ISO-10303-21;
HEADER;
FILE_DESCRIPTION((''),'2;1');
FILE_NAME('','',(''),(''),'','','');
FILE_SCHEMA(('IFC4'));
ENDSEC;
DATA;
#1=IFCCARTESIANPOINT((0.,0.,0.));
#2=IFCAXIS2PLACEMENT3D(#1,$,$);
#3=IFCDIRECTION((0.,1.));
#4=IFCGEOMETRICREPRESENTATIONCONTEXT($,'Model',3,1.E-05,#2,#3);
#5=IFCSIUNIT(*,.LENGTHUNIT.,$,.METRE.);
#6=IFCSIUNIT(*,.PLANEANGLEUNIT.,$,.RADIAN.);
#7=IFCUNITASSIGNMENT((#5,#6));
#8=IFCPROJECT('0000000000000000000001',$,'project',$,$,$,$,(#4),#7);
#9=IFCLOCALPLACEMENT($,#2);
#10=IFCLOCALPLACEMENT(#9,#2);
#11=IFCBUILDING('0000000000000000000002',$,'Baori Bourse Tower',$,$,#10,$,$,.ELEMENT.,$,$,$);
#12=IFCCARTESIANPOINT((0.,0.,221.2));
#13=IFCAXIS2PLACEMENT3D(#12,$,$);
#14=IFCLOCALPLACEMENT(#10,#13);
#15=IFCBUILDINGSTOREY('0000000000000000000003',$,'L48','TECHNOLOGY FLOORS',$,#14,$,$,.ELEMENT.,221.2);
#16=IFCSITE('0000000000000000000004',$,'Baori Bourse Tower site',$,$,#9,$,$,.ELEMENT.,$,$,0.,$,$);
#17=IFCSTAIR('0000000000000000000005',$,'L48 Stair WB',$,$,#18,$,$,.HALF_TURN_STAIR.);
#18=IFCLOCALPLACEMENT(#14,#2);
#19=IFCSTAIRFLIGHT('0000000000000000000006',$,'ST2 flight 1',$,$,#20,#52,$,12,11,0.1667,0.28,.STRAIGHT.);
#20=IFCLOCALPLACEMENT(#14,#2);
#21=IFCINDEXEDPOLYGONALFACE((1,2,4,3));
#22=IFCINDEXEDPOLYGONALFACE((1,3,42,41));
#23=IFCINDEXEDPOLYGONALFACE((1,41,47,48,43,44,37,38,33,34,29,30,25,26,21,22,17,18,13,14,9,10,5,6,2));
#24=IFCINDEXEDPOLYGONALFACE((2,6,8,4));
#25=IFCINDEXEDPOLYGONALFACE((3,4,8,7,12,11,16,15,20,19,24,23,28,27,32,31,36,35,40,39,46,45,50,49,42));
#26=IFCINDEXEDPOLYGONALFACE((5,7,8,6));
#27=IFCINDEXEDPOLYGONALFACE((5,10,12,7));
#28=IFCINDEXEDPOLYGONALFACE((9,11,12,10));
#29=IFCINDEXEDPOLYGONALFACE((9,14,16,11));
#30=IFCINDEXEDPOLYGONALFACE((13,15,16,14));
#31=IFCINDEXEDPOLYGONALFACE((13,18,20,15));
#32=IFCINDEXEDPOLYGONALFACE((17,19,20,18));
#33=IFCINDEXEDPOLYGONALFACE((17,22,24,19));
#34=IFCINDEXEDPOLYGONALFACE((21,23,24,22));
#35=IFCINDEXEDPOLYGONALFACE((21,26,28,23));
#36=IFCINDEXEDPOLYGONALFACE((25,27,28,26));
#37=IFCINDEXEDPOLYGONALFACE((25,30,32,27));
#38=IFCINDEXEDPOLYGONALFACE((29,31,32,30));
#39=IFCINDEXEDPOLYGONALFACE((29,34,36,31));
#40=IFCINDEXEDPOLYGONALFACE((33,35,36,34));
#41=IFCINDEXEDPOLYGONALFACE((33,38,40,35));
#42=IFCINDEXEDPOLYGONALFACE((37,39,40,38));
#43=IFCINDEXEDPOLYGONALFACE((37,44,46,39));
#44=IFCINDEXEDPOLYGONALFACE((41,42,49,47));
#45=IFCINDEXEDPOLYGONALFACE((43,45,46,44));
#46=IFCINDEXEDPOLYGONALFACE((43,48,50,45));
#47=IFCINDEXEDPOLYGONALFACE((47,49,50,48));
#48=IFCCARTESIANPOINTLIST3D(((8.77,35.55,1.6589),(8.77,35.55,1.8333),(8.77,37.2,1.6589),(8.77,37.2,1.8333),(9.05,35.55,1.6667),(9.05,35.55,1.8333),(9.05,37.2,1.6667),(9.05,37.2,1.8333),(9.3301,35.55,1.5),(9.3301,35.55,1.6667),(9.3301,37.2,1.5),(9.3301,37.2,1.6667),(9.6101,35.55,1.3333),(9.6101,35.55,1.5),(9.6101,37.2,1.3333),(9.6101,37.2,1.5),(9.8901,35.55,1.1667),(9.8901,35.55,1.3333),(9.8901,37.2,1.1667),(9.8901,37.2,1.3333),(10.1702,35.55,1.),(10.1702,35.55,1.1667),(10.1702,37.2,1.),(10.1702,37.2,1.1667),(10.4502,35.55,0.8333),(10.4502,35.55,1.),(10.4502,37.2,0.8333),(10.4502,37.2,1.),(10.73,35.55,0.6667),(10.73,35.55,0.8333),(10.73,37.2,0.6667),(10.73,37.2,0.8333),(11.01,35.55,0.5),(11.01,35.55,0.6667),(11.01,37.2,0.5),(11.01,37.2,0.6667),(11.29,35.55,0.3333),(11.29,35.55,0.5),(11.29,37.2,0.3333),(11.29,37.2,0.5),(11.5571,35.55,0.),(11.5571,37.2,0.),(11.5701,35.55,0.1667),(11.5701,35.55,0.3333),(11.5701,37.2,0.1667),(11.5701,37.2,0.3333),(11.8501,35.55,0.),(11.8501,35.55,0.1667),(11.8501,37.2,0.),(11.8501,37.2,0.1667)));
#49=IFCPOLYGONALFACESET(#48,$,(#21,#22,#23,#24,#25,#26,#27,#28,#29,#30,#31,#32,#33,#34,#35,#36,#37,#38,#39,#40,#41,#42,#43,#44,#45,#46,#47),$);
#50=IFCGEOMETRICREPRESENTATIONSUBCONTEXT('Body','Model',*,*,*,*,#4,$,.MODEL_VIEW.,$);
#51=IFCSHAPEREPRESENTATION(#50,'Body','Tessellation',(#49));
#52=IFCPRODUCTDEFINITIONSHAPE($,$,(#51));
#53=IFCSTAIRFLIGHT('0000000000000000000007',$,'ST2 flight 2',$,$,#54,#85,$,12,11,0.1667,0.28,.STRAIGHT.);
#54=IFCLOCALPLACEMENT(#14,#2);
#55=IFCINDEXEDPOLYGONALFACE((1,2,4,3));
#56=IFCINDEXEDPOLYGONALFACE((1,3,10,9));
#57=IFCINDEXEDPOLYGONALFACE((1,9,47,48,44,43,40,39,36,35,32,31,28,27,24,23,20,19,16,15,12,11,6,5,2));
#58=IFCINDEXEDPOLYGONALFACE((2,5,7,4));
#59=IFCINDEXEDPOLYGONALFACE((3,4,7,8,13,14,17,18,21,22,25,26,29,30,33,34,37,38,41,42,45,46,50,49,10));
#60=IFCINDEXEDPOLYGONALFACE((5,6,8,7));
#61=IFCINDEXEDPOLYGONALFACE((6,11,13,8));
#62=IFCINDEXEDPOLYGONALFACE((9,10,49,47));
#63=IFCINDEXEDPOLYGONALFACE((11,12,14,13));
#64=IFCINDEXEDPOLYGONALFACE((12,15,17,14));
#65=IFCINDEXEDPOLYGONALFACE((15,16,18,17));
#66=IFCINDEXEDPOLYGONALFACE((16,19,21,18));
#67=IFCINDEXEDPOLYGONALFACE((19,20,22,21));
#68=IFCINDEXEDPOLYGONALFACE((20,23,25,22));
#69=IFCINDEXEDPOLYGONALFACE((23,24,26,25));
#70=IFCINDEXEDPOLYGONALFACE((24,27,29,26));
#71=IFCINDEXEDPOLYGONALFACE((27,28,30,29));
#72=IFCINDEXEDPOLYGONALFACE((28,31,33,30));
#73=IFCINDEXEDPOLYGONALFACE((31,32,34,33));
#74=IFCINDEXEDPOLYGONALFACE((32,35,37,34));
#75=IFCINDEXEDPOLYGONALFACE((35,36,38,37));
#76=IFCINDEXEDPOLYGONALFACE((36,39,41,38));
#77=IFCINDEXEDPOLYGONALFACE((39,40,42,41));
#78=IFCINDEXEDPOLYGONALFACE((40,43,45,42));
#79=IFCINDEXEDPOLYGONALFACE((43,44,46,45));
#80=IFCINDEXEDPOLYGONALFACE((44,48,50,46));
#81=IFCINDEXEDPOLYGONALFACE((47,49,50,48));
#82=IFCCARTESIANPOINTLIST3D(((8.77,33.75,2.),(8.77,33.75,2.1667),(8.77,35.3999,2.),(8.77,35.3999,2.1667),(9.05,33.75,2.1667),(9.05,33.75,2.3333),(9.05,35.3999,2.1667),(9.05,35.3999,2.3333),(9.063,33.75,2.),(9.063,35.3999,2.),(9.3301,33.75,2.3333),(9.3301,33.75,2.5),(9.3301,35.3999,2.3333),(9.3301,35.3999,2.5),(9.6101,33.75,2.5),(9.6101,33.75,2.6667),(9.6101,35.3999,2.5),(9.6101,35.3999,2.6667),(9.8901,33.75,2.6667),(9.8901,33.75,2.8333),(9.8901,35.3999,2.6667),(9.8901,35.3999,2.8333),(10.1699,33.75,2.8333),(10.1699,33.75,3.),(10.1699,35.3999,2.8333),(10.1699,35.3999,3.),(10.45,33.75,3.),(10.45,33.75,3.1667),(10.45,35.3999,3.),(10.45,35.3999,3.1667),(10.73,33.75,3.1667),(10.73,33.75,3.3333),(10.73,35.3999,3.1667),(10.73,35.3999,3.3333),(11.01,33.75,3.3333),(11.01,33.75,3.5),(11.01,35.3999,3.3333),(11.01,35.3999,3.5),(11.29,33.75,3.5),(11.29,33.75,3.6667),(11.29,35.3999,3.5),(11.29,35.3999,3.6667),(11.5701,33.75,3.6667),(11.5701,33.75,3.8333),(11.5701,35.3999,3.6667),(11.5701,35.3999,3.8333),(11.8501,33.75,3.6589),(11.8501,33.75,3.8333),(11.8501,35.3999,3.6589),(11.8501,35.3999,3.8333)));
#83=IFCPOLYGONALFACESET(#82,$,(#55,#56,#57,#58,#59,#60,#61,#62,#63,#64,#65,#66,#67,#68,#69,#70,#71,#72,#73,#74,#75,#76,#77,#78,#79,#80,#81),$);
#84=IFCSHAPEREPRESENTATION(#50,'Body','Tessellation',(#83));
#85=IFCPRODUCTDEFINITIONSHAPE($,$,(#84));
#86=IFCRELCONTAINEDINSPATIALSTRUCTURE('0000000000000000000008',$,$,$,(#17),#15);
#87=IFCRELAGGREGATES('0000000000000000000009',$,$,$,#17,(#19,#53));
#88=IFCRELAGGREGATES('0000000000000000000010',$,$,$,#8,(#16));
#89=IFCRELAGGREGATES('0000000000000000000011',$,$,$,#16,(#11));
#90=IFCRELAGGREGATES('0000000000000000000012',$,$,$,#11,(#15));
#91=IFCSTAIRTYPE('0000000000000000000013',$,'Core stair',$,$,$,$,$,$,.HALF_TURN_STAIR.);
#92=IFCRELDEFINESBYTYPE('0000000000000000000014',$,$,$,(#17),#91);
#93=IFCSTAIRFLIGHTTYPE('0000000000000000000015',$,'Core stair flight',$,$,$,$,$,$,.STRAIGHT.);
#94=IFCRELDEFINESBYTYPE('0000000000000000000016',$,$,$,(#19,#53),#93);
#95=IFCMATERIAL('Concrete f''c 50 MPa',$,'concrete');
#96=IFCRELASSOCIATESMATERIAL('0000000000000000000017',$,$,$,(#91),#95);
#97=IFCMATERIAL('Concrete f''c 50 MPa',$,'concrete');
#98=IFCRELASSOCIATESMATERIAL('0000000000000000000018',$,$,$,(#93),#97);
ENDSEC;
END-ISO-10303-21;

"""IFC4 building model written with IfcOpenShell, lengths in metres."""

from ifc_helpers import new_model, si_unit, direction, frame, origin, place, context, subcontext, project, spatial, polyline, outline, extrude, material, type_object, element, aggregate, save


model = new_model("IFC4")

# Units and contexts
model_context = context("Model", 3, precision=1e-05, world=origin(), true_north=direction((0.0, 1.0)))
body_context = subcontext(model_context, "Body", "Model", "MODEL_VIEW")
ifc_project = project(units=[si_unit("LENGTHUNIT", "METRE"), si_unit("PLANEANGLEUNIT", "RADIAN")], contexts=[model_context])

# Site, building, storey
site_placement = place(None, origin())
site = spatial("IfcSite", under=ifc_project, at=site_placement, Name="Baori Bourse Tower site", CompositionType="ELEMENT", RefElevation=0.0)
building_placement = place(site_placement, origin())
building = spatial("IfcBuilding", under=site, at=building_placement, Name="Baori Bourse Tower", CompositionType="ELEMENT")
storey_placement = place(building_placement, frame((0.0, 0.0, 221.2)))
storey = spatial("IfcBuildingStorey", under=building, at=storey_placement, Name="L48", Description="TECHNOLOGY FLOORS", CompositionType="ELEMENT", Elevation=221.2)

# Stair, stair flights
ifc_material_1 = material(Name="Concrete f'c 50 MPa", Category="concrete")
stair_type = type_object("IfcStairType", Name="Core stair", PredefinedType="HALF_TURN_STAIR", material=ifc_material_1)
stair_placement = place(storey_placement, origin())
stair = element("IfcStair", 1, at=stair_placement, inside=storey, type_object=stair_type, Name="L48 Stair WB", PredefinedType="HALF_TURN_STAIR")
ifc_material_2 = material(Name="Concrete f'c 50 MPa", Category="concrete")
stair_flight_type = type_object("IfcStairFlightType", Name="Core stair flight", PredefinedType="STRAIGHT", material=ifc_material_2)
stair_flight_1_placement = place(storey_placement, frame((11.8501, 36.375, 0.0), z_axis=(0.0, 0.0, 1.0), x_axis=(-1.0, 0.0, 0.0)))
stair_flight_1 = element("IfcStairFlight", 2, at=stair_flight_1_placement, type_object=stair_flight_type, Name="ST2 flight 1", NumberOfRisers=12, NumberOfTreads=11, PredefinedType="STRAIGHT", RiserHeight=0.1667, TreadLength=0.28, context=body_context, shape_type="SweptSolid", body=[
    extrude(outline(polyline([(0.0, 0.0), (0.0, 0.1667), (0.28, 0.1667), (0.28, 0.3333), (0.5601, 0.3333), (0.5601, 0.5), (0.8401, 0.5), (0.8401, 0.6667), (1.1201, 0.6667), (1.1201, 0.8333), (1.3999, 0.8333), (1.3999, 1.0), (1.6799, 1.0), (1.6799, 1.1667), (1.96, 1.1667), (1.96, 1.3333), (2.24, 1.3333), (2.24, 1.5), (2.52, 1.5), (2.52, 1.6667), (2.8, 1.6667), (2.8, 1.8333), (3.0801, 1.8333), (3.0801, 2.0), (3.0801, 1.6589), (0.293, 0.0), (0.0, 0.0)])), frame((0.0, 0.825, 0.0), z_axis=(0.0, -1.0, 0.0), x_axis=(1.0, 0.0, 0.0)), (0.0, 0.0, 1.0), 1.6499),
])
stair_flight_2_placement = place(storey_placement, frame((8.77, 34.575, 2.0), z_axis=(0.0, 0.0, 1.0), x_axis=(1.0, 0.0, 0.0)))
stair_flight_2 = element("IfcStairFlight", 3, at=stair_flight_2_placement, type_object=stair_flight_type, Name="ST2 flight 2", NumberOfRisers=12, NumberOfTreads=11, PredefinedType="STRAIGHT", RiserHeight=0.1667, TreadLength=0.28, context=body_context, shape_type="SweptSolid", body=[
    extrude(outline(polyline([(0.0, 0.0), (0.0, 0.1667), (0.28, 0.1667), (0.28, 0.3333), (0.5601, 0.3333), (0.5601, 0.5), (0.8401, 0.5), (0.8401, 0.6667), (1.1201, 0.6667), (1.1201, 0.8333), (1.3999, 0.8333), (1.3999, 1.0), (1.6799, 1.0), (1.6799, 1.1667), (1.96, 1.1667), (1.96, 1.3333), (2.24, 1.3333), (2.24, 1.5), (2.52, 1.5), (2.52, 1.6667), (2.8, 1.6667), (2.8, 1.8333), (3.0801, 1.8333), (3.0801, 2.0), (3.0801, 1.6589), (0.293, 0.0), (0.0, 0.0)])), frame((0.0, 0.825, 0.0), z_axis=(0.0, -1.0, 0.0), x_axis=(1.0, 0.0, 0.0)), (0.0, 0.0, 1.0), 1.6499),
])
aggregate(stair, [stair_flight_1, stair_flight_2])

save(model, "model.ifc")
